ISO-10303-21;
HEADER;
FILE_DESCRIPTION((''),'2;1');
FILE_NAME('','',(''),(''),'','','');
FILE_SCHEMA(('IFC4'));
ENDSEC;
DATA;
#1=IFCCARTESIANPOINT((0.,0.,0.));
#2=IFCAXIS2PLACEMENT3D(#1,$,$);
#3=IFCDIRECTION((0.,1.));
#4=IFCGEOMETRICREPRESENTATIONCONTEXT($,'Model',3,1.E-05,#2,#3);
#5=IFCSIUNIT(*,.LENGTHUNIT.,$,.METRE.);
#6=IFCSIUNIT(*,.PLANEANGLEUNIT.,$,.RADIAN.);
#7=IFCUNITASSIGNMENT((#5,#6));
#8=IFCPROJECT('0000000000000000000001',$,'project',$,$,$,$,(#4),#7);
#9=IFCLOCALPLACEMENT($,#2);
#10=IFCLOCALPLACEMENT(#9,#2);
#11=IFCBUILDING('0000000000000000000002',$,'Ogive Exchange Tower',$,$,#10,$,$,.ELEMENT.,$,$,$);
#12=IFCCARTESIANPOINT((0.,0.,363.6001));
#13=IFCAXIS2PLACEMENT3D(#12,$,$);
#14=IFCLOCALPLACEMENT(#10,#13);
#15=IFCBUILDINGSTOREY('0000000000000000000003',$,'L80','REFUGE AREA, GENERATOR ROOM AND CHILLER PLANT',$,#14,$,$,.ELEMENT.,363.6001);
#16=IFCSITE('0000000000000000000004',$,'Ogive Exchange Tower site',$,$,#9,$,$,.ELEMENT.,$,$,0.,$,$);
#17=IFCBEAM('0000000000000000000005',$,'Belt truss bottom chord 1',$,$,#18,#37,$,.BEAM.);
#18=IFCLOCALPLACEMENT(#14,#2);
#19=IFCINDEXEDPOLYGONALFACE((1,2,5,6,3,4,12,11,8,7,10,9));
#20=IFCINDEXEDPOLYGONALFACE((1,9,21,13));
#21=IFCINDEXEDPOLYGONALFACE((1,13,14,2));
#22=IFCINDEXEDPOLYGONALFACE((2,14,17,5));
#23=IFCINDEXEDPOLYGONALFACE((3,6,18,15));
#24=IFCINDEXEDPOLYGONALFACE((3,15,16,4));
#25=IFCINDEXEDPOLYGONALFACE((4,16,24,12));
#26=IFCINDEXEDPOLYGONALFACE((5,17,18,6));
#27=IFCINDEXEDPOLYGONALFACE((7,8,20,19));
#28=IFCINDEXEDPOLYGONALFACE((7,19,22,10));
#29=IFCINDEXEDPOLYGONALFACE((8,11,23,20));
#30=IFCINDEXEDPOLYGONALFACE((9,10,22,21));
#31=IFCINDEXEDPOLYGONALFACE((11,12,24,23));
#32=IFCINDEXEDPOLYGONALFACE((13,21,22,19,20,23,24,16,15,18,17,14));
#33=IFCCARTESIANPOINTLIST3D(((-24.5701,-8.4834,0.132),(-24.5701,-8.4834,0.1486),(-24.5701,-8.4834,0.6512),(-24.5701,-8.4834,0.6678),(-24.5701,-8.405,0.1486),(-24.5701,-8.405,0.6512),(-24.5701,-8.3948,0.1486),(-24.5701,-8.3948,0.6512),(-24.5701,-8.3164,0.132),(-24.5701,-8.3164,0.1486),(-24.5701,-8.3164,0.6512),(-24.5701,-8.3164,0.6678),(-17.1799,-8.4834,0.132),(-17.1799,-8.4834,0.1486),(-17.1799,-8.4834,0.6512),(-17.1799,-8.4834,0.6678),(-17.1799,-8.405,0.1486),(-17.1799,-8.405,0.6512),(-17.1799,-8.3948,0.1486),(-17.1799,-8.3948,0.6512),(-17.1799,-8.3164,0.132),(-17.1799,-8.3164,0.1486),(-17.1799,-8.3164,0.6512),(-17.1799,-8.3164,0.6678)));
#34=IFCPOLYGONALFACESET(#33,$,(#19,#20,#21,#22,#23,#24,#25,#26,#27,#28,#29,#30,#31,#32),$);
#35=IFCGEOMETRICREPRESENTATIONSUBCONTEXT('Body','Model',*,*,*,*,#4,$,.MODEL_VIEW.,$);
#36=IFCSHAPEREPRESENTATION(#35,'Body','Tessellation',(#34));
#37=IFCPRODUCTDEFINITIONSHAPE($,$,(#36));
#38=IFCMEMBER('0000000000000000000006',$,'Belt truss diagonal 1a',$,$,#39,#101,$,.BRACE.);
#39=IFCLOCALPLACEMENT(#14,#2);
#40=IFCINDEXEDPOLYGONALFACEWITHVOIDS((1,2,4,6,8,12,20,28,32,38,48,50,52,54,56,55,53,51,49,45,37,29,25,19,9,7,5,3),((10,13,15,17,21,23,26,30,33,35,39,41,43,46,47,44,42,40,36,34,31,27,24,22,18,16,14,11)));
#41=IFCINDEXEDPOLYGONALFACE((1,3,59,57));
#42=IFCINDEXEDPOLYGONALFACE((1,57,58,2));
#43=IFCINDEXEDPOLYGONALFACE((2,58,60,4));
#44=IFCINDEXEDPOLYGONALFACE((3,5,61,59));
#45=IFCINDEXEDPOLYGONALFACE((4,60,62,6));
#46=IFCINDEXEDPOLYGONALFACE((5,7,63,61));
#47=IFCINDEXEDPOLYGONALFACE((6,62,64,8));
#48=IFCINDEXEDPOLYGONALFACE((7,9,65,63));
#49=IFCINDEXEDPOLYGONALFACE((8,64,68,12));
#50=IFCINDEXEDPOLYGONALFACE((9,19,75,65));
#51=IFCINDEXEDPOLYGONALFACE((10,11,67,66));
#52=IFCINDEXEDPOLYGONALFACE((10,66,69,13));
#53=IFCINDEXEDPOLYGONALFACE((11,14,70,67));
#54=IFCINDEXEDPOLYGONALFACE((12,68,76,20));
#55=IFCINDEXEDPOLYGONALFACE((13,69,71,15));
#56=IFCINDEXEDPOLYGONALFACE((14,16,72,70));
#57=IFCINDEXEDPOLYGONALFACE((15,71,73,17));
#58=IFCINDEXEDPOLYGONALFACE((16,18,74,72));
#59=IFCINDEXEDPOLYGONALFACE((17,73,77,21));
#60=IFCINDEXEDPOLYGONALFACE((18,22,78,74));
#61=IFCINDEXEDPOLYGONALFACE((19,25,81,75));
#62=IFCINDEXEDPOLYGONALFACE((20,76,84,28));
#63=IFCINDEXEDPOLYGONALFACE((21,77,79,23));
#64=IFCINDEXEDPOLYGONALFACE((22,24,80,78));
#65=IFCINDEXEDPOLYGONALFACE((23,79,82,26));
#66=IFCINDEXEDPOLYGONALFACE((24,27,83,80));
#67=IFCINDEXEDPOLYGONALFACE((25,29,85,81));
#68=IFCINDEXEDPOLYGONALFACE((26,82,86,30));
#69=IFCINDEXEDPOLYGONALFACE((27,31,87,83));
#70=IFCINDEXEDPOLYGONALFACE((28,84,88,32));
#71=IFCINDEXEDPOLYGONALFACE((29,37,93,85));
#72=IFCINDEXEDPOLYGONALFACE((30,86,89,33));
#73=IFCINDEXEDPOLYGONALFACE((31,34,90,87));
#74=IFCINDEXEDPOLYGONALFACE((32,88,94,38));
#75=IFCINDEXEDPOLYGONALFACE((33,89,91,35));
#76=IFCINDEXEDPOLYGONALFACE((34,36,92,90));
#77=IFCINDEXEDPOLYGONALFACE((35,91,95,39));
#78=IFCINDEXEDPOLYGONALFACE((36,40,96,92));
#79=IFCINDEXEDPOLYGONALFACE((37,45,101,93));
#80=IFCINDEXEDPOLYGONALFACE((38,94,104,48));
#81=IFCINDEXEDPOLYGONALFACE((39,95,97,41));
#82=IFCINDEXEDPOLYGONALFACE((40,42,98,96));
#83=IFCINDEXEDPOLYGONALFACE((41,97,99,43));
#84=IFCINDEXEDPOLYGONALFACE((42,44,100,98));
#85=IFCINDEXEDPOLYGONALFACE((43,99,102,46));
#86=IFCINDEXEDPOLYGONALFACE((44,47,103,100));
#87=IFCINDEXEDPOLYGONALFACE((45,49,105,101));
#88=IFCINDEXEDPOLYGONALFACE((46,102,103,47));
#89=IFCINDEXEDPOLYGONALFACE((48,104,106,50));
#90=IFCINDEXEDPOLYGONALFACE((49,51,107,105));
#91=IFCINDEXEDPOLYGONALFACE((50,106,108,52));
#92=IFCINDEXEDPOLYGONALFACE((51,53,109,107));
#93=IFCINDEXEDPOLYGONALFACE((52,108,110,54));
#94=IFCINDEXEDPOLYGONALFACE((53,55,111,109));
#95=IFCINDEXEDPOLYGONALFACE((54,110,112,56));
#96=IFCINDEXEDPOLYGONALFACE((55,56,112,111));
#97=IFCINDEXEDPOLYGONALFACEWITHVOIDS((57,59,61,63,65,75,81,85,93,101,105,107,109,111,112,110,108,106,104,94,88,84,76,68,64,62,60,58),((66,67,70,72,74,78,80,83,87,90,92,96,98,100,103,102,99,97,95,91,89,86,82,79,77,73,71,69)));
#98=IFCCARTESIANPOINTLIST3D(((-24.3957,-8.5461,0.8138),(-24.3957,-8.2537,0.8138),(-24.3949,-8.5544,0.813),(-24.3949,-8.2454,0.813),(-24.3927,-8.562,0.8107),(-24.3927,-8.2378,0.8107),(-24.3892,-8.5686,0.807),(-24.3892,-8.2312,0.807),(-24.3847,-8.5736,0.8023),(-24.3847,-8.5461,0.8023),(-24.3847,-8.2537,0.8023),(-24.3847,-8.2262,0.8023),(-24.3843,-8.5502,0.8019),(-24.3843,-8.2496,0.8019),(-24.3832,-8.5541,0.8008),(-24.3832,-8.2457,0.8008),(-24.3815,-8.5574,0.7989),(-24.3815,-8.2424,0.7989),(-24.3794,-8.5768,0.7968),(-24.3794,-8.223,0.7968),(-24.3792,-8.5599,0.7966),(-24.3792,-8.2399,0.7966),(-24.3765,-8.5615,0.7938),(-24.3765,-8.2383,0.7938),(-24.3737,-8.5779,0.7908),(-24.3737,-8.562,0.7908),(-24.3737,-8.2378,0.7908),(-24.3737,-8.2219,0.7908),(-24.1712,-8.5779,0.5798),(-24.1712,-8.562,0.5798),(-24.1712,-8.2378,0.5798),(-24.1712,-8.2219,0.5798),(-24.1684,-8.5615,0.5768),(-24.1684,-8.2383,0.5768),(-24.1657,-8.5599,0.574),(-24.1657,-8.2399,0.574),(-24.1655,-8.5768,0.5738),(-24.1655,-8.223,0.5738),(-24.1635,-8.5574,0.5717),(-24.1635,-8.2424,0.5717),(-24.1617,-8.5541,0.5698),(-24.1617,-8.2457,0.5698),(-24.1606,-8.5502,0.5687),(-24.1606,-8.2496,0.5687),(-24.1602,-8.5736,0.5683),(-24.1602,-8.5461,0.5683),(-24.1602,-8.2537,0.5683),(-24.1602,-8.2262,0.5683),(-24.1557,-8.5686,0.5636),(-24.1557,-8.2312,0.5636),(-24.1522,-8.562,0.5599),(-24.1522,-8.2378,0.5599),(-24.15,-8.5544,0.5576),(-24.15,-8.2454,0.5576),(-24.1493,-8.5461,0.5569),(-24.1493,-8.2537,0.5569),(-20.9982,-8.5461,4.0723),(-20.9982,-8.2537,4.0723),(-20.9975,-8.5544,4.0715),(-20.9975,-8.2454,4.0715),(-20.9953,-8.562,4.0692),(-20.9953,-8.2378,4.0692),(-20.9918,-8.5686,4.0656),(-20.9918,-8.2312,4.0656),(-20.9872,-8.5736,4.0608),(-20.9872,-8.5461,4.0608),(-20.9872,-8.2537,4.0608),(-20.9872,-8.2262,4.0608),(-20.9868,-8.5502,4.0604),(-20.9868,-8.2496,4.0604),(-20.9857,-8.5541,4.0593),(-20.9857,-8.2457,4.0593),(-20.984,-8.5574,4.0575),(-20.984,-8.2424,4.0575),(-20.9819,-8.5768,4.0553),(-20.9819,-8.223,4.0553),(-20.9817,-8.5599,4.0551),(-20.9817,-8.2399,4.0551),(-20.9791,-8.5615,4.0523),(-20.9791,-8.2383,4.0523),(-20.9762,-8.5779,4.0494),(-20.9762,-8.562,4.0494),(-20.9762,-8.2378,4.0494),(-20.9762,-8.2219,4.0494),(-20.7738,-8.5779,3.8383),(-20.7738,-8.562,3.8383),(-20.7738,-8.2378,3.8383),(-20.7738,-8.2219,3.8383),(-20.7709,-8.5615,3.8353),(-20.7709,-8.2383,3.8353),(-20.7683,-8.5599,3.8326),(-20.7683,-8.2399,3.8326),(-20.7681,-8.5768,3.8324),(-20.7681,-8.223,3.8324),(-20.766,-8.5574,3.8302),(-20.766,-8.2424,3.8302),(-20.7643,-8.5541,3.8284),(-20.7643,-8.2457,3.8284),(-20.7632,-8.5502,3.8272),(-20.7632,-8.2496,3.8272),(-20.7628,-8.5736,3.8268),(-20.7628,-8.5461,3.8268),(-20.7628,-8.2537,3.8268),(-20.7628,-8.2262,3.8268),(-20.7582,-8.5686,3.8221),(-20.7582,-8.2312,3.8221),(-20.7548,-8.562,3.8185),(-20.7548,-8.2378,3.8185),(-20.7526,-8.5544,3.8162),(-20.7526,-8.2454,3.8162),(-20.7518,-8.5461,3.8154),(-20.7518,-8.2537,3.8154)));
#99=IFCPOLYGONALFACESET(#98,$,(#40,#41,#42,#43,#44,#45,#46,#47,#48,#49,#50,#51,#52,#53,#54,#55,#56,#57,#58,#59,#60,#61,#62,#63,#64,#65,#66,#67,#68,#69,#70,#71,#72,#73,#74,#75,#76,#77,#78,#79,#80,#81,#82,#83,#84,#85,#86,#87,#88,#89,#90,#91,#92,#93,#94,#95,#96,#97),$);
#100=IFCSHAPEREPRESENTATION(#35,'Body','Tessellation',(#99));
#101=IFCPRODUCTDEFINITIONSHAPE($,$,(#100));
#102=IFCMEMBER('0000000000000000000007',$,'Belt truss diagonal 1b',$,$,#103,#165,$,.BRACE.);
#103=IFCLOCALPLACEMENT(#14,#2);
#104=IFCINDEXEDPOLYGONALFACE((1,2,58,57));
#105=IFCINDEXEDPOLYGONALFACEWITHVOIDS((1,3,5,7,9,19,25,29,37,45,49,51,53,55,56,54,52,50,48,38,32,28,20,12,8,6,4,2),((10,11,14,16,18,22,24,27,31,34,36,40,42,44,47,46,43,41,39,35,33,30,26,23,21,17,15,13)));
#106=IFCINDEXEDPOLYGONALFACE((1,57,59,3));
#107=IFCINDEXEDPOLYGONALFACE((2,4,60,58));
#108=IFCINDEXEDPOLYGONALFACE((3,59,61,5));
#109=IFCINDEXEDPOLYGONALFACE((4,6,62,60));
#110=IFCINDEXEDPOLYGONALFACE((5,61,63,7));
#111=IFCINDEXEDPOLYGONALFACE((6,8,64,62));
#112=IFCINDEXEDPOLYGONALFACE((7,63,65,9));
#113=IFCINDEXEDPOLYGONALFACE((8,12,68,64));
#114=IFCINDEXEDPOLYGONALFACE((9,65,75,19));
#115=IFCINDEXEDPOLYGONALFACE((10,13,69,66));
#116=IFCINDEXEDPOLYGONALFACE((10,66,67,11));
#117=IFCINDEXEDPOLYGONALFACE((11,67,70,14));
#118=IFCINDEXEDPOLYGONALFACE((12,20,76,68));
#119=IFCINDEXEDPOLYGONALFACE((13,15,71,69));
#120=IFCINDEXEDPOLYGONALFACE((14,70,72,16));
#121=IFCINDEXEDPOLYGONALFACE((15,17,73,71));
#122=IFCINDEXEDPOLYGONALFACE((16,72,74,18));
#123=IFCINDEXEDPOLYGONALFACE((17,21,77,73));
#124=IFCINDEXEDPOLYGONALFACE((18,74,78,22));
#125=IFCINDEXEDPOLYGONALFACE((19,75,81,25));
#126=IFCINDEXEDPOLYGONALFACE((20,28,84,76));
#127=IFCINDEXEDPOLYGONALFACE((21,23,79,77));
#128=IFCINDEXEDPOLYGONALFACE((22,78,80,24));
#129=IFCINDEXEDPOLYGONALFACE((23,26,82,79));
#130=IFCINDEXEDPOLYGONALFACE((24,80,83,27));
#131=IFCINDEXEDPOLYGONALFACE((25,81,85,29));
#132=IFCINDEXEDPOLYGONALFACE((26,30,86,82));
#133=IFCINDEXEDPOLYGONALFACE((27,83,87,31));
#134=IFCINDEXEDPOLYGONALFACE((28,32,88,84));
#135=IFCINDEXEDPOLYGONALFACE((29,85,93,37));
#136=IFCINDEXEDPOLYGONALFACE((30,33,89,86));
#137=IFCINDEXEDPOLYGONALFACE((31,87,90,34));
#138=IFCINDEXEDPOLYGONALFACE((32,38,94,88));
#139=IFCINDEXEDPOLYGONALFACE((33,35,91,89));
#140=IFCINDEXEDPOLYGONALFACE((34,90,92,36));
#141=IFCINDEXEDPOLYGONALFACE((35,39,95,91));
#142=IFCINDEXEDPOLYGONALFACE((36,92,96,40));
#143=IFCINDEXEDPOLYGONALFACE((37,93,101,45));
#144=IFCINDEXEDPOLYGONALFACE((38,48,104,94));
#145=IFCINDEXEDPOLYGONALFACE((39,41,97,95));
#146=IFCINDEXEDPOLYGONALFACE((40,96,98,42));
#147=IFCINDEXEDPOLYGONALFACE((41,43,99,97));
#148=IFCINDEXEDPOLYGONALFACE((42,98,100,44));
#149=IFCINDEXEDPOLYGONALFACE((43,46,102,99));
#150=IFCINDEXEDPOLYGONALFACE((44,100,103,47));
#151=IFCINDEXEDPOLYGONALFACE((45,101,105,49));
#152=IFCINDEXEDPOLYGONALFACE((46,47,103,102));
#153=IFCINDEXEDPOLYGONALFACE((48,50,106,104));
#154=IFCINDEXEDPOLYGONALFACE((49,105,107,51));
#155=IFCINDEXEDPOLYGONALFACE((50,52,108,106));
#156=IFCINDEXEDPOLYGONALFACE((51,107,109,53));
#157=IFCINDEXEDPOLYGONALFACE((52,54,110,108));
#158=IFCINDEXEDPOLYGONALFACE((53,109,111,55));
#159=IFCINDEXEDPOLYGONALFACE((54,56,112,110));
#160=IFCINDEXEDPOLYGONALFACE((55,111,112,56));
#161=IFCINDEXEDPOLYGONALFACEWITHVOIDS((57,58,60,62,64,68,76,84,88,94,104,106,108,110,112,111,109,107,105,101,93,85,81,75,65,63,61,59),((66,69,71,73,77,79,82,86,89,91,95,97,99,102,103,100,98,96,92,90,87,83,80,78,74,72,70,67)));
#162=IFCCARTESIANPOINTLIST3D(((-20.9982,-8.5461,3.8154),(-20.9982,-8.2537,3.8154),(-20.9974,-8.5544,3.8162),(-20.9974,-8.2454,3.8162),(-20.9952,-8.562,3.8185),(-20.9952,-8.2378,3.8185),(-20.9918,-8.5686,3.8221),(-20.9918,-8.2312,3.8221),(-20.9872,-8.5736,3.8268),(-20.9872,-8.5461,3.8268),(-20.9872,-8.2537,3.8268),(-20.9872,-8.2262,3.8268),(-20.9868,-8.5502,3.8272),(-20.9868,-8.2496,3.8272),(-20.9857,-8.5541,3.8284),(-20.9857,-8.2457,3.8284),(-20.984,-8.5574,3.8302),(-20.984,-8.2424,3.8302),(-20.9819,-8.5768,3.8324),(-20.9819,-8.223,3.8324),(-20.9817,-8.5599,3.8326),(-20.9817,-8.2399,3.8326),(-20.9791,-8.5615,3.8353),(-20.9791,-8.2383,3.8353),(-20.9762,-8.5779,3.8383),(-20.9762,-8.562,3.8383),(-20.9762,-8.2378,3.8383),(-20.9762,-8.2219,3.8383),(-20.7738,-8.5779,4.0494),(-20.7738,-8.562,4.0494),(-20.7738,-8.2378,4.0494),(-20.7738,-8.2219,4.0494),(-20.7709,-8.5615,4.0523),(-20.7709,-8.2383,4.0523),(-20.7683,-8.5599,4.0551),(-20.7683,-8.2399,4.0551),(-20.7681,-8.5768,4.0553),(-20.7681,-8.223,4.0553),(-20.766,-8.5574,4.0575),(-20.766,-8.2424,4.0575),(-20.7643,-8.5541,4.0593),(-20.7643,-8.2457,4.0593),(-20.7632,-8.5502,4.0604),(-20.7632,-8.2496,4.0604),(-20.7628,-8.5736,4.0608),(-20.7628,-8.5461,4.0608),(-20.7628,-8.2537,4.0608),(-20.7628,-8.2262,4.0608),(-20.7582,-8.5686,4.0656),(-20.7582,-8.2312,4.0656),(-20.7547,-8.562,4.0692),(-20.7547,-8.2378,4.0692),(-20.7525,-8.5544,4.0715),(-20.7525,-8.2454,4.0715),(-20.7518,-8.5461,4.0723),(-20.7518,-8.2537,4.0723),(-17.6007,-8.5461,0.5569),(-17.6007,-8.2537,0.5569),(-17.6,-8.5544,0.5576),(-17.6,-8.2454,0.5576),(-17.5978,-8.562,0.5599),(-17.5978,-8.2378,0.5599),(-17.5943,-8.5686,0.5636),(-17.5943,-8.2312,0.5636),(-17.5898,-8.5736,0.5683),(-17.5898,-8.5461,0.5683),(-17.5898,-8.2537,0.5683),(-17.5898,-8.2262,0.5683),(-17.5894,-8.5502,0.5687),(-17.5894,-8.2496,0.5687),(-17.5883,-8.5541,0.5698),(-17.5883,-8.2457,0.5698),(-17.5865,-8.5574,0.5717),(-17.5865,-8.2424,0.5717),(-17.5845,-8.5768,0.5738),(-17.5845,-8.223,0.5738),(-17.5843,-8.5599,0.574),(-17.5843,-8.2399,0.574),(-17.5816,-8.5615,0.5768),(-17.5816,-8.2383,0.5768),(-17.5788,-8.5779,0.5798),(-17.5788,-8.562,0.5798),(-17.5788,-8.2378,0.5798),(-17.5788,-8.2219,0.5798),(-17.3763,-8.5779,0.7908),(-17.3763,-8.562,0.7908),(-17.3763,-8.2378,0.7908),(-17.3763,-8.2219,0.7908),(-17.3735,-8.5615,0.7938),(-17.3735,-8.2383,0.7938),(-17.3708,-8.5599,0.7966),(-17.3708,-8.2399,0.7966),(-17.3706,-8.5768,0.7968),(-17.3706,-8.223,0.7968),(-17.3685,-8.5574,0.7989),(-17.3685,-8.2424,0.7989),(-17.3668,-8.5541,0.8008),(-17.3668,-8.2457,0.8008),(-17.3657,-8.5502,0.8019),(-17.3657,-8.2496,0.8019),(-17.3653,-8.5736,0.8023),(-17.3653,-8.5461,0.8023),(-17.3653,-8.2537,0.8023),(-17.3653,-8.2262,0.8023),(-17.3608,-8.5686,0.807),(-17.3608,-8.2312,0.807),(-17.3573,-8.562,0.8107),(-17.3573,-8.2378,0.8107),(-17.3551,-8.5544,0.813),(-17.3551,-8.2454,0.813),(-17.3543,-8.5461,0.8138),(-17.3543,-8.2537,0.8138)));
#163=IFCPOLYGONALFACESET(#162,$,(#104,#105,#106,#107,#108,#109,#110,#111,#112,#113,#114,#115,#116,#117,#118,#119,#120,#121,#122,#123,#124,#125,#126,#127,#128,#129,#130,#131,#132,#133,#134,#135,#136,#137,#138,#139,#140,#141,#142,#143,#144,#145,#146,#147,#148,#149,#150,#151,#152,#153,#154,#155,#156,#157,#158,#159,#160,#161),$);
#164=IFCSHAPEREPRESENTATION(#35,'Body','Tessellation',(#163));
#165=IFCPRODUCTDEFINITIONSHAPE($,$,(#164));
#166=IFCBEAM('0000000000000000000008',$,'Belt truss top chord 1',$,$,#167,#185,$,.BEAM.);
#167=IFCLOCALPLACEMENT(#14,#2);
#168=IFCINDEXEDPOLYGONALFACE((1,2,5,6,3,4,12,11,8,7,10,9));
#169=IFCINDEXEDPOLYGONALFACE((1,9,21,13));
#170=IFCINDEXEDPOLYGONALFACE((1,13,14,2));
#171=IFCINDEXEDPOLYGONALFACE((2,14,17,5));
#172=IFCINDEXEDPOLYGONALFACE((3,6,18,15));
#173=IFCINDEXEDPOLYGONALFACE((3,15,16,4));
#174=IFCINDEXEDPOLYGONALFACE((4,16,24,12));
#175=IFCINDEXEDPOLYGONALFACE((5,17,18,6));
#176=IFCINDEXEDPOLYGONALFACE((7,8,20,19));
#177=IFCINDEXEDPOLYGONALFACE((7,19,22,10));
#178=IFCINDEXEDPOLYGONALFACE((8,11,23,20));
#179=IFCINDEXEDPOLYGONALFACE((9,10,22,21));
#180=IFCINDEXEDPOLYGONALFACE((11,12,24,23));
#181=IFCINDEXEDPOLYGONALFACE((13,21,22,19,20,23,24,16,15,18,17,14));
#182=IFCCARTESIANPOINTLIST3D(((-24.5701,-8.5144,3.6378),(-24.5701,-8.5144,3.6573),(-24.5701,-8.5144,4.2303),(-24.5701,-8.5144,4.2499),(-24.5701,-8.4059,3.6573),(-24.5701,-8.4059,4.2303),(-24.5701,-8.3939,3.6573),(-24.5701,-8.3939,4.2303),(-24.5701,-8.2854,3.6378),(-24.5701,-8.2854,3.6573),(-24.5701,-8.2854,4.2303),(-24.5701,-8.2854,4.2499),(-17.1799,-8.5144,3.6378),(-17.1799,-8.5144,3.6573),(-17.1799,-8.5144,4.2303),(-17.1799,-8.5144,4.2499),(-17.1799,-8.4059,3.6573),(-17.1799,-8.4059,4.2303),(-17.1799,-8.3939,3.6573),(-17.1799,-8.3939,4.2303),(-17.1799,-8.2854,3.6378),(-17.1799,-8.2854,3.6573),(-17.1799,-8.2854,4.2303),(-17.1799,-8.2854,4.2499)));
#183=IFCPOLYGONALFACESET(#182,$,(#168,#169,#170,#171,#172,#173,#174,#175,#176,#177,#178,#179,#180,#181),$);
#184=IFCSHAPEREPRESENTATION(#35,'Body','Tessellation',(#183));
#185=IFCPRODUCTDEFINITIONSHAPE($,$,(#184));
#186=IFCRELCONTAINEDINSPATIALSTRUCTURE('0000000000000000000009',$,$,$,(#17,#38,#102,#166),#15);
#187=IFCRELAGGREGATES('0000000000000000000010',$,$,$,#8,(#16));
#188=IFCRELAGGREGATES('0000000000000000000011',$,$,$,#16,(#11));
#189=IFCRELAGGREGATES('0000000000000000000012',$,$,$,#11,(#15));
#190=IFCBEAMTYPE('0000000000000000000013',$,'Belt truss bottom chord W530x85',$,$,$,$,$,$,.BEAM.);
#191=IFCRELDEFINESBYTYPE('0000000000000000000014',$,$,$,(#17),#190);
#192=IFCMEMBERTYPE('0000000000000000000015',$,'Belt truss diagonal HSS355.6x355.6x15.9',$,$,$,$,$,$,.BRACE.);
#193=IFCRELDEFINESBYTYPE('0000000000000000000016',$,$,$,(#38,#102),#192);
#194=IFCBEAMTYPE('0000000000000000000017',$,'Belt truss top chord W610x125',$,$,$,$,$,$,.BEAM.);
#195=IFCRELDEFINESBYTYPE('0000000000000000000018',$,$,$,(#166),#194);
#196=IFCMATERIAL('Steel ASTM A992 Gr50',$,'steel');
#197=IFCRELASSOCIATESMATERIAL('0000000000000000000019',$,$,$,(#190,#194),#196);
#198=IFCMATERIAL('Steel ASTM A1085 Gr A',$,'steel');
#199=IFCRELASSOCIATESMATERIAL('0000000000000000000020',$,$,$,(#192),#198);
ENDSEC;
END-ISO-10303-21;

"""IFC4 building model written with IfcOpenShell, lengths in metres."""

from ifc_helpers import new_model, si_unit, direction, frame, origin, origin_2d, place, context, subcontext, project, spatial, hollow_rectangle, i_section, extrude, material, material_profile, profile_set, type_object, element, save


model = new_model("IFC4")

# Units and contexts
model_context = context("Model", 3, precision=1e-05, world=origin(), true_north=direction((0.0, 1.0)))
body_context = subcontext(model_context, "Body", "Model", "MODEL_VIEW")
ifc_project = project(units=[si_unit("LENGTHUNIT", "METRE"), si_unit("PLANEANGLEUNIT", "RADIAN")], contexts=[model_context])

# Site, building, storey
site_placement = place(None, origin())
site = spatial("IfcSite", under=ifc_project, at=site_placement, Name="Ogive Exchange Tower site", CompositionType="ELEMENT", RefElevation=0.0)
building_placement = place(site_placement, origin())
building = spatial("IfcBuilding", under=site, at=building_placement, Name="Ogive Exchange Tower", CompositionType="ELEMENT")
storey_placement = place(building_placement, frame((0.0, 0.0, 363.6001)))
storey = spatial("IfcBuildingStorey", under=building, at=storey_placement, Name="L80", Description="REFUGE AREA, GENERATOR ROOM AND CHILLER PLANT", CompositionType="ELEMENT", Elevation=363.6001)

# Beam
ifc_material_1 = material(Name="Steel ASTM A992 Gr50", Category="steel")
ifc_material_profile_1 = material_profile(ifc_material_1, i_section(OverallWidth=0.167, OverallDepth=0.5359, WebThickness=0.0103, FlangeThickness=0.0166, at=origin_2d()), Name="W530x85")
ifc_profile_set_1 = profile_set([ifc_material_profile_1], Name="Steel ASTM A992 Gr50")
beam_type_1 = type_object("IfcBeamType", Name="Belt truss bottom chord W530x85", PredefinedType="BEAM", material=ifc_profile_set_1)
beam_1_placement = place(storey_placement, frame((-24.5701, -8.3999, 0.3999), z_axis=(1.0, 0.0, 0.0), x_axis=(0.0, 1.0, 0.0)))
element("IfcBeam", 1, at=beam_1_placement, inside=storey, type_object=beam_type_1, Name="Belt truss bottom chord 1", PredefinedType="BEAM", context=body_context, shape_type="SweptSolid", body=[
    extrude(i_section(OverallWidth=0.167, OverallDepth=0.5359, WebThickness=0.0103, FlangeThickness=0.0166, at=origin_2d()), origin(), (0.0, 0.0, 1.0), 7.3901),
])

# Members
ifc_material_2 = material(Name="Steel ASTM A1085 Gr A", Category="steel")
ifc_material_profile_2 = material_profile(ifc_material_2, hollow_rectangle(XDim=0.356, YDim=0.356, WallThickness=0.0159, InnerFilletRadius=0.0159, OuterFilletRadius=0.0317, at=origin_2d()), Name="HSS355.6x355.6x15.9")
ifc_profile_set_2 = profile_set([ifc_material_profile_2], Name="Steel ASTM A1085 Gr A")
member_type = type_object("IfcMemberType", Name="Belt truss diagonal HSS355.6x355.6x15.9", PredefinedType="BRACE", material=ifc_profile_set_2)
for number, where, z_axis, x_axis, name in (
    (2, (-24.2725, -8.3999, 0.6853), (0.721707, 0.0, 0.692198), (0.0, 1.0, 0.0), "Belt truss diagonal 1a"),
    (3, (-17.4775, -8.3999, 0.6853), (-0.721707, 0.0, 0.692198), (0.0, -1.0, 0.0), "Belt truss diagonal 1b"),
):
    element("IfcMember", number, at=place(storey_placement, frame(where, z_axis=z_axis, x_axis=x_axis)), inside=storey, type_object=member_type, Name=name, PredefinedType="BRACE", context=body_context, shape_type="SweptSolid", body=[
        extrude(hollow_rectangle(XDim=0.356, YDim=0.356, WallThickness=0.0159, InnerFilletRadius=0.0159, OuterFilletRadius=0.0317, at=origin_2d()), origin(), (0.0, 0.0, 1.0), 4.7075),
    ])

# Beam
ifc_material_profile_3 = material_profile(ifc_material_1, i_section(OverallWidth=0.229, OverallDepth=0.6121, WebThickness=0.012, FlangeThickness=0.0195, at=origin_2d()), Name="W610x125")
ifc_profile_set_3 = profile_set([ifc_material_profile_3], Name="Steel ASTM A992 Gr50")
beam_type_2 = type_object("IfcBeamType", Name="Belt truss top chord W610x125", PredefinedType="BEAM", material=ifc_profile_set_3)
beam_2_placement = place(storey_placement, frame((-24.5701, -8.3999, 3.9438), z_axis=(1.0, 0.0, 0.0), x_axis=(0.0, 1.0, 0.0)))
element("IfcBeam", 4, at=beam_2_placement, inside=storey, type_object=beam_type_2, Name="Belt truss top chord 1", PredefinedType="BEAM", context=body_context, shape_type="SweptSolid", body=[
    extrude(i_section(OverallWidth=0.229, OverallDepth=0.6121, WebThickness=0.012, FlangeThickness=0.0195, at=origin_2d()), origin(), (0.0, 0.0, 1.0), 7.3901),
])

save(model, "model.ifc")
